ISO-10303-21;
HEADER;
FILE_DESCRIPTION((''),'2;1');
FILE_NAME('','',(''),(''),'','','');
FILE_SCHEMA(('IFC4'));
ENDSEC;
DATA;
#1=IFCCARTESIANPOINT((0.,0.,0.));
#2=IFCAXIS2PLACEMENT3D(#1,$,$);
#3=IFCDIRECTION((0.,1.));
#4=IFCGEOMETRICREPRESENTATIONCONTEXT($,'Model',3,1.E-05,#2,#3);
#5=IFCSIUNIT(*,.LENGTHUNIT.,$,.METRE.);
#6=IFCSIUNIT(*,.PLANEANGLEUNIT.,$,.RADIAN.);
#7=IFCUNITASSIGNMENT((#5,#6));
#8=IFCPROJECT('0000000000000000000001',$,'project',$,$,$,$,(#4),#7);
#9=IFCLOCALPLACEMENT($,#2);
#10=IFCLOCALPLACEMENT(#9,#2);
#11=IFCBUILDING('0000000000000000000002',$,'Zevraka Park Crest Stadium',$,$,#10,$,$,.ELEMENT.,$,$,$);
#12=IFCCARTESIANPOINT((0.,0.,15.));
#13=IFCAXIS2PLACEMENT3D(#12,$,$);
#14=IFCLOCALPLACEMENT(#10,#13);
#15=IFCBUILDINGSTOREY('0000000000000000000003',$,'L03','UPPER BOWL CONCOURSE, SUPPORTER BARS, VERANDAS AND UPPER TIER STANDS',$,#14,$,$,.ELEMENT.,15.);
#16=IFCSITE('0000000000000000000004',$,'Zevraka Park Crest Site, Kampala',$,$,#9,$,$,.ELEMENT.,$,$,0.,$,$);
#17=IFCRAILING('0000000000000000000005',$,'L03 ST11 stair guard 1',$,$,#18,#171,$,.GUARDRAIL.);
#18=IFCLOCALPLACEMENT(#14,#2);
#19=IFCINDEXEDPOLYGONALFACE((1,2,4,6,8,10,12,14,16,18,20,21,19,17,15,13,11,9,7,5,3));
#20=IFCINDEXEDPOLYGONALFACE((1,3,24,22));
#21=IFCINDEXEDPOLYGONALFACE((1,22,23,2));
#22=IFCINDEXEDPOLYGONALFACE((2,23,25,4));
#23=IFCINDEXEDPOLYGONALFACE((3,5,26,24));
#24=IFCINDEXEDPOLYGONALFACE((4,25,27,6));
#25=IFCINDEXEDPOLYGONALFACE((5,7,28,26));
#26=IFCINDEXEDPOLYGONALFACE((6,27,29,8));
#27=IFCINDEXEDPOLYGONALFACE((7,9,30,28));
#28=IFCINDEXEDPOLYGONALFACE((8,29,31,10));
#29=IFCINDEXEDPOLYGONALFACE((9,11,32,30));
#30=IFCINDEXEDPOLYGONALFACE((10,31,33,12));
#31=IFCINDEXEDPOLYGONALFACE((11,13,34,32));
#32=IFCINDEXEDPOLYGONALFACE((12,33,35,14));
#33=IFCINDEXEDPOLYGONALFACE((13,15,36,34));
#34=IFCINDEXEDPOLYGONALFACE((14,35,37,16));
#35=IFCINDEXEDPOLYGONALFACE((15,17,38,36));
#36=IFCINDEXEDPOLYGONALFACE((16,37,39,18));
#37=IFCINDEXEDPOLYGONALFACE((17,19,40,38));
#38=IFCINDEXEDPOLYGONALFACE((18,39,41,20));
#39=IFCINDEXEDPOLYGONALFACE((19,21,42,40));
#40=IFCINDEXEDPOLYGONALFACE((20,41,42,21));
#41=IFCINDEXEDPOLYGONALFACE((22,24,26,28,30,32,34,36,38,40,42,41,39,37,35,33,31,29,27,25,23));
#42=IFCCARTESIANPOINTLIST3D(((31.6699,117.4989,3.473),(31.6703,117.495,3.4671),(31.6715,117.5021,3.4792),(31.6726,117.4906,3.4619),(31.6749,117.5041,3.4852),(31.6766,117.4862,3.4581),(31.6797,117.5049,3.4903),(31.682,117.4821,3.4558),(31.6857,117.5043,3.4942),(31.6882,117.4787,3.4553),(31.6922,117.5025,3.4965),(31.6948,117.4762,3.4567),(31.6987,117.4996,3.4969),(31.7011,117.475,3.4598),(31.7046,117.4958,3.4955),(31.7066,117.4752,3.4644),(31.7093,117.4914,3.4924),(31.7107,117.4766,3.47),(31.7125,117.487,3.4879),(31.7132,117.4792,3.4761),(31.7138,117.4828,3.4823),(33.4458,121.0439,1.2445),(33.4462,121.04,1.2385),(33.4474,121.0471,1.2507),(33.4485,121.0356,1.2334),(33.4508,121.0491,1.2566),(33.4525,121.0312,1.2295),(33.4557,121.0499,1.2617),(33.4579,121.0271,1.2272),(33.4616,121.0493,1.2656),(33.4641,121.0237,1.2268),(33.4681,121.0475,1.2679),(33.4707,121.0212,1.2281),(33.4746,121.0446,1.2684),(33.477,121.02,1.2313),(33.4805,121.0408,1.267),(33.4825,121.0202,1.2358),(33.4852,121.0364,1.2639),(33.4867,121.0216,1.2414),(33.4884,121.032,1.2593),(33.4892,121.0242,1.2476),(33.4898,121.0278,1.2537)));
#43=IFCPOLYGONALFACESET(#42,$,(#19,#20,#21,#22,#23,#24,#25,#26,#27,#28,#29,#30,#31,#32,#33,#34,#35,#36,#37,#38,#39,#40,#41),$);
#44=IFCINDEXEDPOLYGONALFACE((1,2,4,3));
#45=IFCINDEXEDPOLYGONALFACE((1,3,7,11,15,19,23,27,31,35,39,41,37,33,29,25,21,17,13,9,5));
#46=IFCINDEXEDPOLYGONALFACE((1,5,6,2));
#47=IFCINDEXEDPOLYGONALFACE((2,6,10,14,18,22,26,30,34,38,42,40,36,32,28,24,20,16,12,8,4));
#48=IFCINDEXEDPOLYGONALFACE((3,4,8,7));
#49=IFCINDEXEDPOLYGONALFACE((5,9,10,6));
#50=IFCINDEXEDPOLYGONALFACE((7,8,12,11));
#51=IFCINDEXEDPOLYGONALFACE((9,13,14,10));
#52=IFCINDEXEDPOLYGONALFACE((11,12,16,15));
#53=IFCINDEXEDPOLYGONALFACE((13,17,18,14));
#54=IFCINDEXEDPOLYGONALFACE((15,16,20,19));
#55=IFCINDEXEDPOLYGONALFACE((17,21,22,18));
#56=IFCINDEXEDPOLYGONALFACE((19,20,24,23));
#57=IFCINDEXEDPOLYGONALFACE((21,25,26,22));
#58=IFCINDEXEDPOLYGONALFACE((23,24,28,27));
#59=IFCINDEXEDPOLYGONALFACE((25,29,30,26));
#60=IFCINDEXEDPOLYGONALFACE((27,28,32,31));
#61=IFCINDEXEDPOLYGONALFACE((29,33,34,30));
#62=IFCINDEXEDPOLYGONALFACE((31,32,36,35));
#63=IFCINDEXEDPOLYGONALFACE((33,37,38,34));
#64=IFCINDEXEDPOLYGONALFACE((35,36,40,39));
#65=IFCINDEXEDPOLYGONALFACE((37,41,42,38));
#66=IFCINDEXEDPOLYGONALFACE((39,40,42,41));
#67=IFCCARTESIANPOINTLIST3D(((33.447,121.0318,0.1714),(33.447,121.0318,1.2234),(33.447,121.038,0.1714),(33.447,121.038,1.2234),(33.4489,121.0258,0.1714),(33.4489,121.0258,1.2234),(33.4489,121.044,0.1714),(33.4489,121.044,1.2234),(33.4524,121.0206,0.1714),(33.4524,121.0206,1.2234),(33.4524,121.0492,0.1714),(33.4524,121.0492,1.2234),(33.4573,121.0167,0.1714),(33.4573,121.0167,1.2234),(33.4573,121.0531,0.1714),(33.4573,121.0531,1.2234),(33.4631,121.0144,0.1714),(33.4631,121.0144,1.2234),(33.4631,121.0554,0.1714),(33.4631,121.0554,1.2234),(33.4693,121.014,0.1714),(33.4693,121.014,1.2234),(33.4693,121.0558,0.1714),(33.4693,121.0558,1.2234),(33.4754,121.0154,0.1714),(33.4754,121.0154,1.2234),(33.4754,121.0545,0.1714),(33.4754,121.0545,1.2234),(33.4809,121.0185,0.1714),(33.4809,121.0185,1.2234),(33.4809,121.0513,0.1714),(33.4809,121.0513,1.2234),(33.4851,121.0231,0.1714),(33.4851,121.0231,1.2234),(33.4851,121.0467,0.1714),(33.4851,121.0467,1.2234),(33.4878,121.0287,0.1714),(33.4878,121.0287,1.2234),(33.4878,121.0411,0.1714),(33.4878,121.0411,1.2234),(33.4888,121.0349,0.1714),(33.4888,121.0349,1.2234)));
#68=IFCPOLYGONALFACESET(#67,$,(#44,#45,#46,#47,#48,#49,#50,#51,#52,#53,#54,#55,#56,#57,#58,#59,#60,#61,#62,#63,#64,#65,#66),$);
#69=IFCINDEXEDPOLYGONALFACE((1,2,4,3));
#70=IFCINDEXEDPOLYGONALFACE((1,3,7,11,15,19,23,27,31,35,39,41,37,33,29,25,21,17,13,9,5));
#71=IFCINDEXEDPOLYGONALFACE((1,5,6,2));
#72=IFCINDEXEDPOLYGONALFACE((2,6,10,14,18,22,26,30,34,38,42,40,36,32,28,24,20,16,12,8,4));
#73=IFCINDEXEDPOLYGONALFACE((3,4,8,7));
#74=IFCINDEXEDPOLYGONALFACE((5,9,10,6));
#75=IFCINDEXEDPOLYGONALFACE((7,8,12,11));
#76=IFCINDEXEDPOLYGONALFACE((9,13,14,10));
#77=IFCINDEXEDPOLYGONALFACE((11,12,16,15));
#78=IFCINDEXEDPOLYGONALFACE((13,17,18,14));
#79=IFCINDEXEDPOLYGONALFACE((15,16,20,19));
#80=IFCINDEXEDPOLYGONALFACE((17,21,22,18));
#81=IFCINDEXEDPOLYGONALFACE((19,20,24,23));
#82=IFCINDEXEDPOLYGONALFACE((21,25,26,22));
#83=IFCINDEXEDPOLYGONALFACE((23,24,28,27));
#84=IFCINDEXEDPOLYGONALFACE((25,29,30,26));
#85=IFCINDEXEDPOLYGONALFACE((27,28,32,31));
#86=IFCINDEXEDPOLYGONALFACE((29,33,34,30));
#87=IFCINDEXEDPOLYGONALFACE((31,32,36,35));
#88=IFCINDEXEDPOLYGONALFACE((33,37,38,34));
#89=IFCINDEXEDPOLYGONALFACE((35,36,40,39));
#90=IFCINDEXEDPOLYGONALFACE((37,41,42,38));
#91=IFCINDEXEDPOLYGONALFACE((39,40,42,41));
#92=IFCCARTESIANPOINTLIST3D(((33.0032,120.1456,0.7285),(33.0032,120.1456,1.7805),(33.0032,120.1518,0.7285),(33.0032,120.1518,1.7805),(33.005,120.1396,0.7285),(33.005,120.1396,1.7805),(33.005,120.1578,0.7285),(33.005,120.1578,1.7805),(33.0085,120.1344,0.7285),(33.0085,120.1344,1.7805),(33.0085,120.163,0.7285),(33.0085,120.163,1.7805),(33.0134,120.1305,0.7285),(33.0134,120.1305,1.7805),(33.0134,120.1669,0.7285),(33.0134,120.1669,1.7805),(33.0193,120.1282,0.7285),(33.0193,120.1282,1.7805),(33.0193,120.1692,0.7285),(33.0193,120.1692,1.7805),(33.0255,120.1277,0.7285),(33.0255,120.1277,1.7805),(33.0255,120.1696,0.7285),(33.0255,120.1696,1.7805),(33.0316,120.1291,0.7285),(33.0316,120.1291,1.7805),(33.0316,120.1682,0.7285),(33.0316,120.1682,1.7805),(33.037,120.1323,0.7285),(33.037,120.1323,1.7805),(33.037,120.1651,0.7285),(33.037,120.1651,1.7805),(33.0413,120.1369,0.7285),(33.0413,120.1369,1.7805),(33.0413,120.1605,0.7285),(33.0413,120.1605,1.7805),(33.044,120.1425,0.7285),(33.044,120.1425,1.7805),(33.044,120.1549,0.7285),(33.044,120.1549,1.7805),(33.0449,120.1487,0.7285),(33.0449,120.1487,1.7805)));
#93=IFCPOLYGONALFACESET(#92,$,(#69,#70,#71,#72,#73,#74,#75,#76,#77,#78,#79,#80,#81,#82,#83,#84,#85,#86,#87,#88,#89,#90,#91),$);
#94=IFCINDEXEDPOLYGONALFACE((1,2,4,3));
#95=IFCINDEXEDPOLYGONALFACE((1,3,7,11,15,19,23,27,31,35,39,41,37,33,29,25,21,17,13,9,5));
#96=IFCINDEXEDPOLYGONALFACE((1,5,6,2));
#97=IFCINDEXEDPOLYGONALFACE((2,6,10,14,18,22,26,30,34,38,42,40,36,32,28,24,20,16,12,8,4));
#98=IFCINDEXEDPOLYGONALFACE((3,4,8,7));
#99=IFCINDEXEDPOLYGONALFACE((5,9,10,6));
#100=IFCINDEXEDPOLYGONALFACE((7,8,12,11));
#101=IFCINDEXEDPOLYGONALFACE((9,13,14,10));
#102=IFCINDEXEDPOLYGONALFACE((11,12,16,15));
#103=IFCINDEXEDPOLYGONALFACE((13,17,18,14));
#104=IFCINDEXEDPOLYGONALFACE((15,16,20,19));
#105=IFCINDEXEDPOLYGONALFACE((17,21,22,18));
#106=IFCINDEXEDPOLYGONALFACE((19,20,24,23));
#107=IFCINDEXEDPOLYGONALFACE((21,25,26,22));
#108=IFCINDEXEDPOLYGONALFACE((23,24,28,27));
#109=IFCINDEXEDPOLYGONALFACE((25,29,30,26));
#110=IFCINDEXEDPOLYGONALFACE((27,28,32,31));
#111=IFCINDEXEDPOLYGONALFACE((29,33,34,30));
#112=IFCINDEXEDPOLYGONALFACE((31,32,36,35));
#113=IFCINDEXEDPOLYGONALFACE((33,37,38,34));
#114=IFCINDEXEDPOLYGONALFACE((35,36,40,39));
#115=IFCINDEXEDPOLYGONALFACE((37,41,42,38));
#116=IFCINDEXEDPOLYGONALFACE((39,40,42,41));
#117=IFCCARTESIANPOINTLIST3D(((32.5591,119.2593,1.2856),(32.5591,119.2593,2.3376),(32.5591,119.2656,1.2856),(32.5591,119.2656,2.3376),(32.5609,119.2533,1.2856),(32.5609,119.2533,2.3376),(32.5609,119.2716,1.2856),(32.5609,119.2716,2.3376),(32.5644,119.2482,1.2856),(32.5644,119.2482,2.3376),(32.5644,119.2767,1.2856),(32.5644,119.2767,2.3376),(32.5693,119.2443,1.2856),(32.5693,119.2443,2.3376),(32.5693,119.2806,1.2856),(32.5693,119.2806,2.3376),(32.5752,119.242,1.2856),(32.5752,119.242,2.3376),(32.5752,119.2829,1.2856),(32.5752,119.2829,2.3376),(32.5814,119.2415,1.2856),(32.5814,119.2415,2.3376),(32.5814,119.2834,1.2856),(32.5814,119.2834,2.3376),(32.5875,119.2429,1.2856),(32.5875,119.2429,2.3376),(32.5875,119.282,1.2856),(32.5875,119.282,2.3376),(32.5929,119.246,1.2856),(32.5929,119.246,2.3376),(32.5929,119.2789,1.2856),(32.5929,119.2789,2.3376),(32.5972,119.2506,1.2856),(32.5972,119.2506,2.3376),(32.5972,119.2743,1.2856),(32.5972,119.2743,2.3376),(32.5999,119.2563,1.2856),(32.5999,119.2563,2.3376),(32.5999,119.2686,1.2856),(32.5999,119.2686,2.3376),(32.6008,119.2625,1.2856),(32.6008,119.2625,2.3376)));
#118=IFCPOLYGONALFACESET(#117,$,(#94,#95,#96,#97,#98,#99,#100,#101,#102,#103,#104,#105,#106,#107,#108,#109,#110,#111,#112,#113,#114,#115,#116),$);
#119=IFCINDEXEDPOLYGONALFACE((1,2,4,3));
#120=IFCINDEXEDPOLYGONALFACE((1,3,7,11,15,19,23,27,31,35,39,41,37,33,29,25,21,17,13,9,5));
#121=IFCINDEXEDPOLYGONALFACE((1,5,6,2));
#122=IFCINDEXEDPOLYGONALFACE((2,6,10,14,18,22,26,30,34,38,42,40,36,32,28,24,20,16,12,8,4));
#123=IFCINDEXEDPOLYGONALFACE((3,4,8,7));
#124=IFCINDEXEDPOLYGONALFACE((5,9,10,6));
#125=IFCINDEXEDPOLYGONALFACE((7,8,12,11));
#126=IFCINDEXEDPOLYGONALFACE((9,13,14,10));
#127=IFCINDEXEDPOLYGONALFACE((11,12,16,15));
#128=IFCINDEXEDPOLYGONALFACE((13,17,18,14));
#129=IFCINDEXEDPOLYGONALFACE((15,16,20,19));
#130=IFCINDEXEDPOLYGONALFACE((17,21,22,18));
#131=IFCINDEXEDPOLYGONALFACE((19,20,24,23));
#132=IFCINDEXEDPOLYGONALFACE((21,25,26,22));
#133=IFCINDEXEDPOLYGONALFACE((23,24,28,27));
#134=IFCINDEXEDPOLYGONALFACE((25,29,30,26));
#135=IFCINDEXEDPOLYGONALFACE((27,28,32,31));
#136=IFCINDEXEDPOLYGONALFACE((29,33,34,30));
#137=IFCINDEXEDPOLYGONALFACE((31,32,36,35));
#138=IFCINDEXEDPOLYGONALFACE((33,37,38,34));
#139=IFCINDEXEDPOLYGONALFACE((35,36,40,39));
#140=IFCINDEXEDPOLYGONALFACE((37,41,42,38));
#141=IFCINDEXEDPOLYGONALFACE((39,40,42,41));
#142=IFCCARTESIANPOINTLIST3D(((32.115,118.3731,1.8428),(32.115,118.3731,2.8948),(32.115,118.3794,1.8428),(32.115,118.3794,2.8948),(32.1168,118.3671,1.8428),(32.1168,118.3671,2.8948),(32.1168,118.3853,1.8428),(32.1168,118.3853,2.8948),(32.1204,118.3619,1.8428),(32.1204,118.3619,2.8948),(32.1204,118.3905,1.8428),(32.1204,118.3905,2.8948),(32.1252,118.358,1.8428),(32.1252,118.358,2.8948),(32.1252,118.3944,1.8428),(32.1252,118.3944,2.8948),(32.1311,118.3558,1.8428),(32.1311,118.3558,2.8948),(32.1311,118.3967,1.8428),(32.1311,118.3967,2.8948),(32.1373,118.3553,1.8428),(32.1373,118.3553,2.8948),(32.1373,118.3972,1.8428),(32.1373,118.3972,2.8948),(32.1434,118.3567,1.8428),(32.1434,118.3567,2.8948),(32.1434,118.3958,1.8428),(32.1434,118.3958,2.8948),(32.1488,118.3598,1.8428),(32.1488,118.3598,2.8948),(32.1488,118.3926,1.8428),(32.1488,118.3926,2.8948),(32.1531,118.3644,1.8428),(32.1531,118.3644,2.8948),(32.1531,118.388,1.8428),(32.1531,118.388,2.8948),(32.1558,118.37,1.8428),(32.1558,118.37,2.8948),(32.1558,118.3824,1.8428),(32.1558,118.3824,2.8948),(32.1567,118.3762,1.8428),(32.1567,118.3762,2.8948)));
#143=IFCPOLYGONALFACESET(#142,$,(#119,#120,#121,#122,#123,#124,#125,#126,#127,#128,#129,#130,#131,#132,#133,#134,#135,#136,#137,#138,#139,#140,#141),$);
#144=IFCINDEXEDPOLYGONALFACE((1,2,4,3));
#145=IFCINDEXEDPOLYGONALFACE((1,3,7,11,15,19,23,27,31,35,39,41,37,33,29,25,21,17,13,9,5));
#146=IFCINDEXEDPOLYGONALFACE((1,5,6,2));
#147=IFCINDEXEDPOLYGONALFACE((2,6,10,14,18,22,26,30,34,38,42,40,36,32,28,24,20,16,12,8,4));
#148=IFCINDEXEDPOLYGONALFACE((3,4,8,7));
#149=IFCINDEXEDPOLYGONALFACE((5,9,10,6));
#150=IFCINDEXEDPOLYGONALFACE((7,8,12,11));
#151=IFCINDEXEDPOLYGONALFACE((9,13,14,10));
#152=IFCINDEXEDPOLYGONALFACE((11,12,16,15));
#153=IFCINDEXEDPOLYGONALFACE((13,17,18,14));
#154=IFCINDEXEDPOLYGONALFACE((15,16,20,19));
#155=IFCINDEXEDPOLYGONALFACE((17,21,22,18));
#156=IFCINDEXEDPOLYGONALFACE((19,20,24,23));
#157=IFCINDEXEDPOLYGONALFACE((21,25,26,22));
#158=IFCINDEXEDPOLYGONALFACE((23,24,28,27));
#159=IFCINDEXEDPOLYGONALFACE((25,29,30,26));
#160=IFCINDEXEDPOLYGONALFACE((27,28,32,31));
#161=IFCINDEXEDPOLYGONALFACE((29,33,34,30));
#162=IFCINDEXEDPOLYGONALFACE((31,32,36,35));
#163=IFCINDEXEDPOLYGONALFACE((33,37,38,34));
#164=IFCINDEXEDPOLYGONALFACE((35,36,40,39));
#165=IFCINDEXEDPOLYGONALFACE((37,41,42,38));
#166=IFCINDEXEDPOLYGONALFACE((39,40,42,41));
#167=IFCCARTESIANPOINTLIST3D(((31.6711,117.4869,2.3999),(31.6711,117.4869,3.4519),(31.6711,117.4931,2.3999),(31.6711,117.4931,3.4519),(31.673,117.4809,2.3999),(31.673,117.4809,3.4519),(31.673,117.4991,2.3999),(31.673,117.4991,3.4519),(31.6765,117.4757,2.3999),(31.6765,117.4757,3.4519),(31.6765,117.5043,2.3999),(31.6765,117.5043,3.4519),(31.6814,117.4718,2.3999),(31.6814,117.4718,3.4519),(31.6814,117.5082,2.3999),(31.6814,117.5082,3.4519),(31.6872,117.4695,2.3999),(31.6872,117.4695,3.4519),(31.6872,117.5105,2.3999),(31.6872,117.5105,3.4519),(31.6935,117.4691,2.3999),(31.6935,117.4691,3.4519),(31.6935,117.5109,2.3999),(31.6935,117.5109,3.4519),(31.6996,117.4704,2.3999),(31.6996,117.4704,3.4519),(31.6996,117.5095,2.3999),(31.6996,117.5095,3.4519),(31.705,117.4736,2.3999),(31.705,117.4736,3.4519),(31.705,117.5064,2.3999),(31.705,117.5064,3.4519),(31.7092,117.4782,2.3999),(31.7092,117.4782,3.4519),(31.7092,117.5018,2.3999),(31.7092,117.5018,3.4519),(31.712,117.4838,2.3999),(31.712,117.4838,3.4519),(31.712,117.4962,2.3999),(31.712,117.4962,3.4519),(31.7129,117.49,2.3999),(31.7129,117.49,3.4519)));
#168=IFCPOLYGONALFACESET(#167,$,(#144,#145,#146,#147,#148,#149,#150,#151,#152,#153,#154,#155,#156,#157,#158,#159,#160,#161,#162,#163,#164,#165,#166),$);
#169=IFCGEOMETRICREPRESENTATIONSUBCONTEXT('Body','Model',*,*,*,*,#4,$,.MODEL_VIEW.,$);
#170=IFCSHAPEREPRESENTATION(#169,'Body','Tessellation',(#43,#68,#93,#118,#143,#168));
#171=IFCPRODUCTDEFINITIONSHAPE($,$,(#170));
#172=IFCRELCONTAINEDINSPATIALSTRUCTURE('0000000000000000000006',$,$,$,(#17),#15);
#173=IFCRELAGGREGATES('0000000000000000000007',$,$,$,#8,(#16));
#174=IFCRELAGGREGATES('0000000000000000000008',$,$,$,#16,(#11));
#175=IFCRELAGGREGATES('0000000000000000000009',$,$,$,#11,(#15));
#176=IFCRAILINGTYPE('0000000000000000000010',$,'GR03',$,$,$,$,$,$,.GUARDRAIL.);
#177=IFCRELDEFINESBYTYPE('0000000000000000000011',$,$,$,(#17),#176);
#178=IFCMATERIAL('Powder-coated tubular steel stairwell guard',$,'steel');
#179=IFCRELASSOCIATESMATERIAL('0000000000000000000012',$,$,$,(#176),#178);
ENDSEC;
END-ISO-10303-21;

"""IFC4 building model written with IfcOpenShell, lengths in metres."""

from ifc_helpers import new_model, si_unit, direction, frame, origin, origin_2d, place, context, subcontext, project, spatial, circle, extrude, material, type_object, element, save


model = new_model("IFC4")

# Units and contexts
model_context = context("Model", 3, precision=1e-05, world=origin(), true_north=direction((0.0, 1.0)))
body_context = subcontext(model_context, "Body", "Model", "MODEL_VIEW")
ifc_project = project(units=[si_unit("LENGTHUNIT", "METRE"), si_unit("PLANEANGLEUNIT", "RADIAN")], contexts=[model_context])

# Site, building, storey
site_placement = place(None, origin())
site = spatial("IfcSite", under=ifc_project, at=site_placement, Name="Zevraka Park Crest Site, Kampala", CompositionType="ELEMENT", RefElevation=0.0)
building_placement = place(site_placement, origin())
building = spatial("IfcBuilding", under=site, at=building_placement, Name="Zevraka Park Crest Stadium", CompositionType="ELEMENT")
storey_placement = place(building_placement, frame((0.0, 0.0, 15.0)))
storey = spatial("IfcBuildingStorey", under=building, at=storey_placement, Name="L03", Description="UPPER BOWL CONCOURSE, SUPPORTER BARS, VERANDAS AND UPPER TIER STANDS", CompositionType="ELEMENT", Elevation=15.0)

# Railing
ifc_material_1 = material(Name="Powder-coated tubular steel stairwell guard", Category="steel")
railing_type_1 = type_object("IfcRailingType", Name="GR03", PredefinedType="GUARDRAIL", material=ifc_material_1)
railing_1_placement = place(storey_placement, frame((33.4678, 121.0349, 0.1714)))
element("IfcRailing", 1, at=railing_1_placement, inside=storey, type_object=railing_type_1, Name="L03 ST11 stair guard 1", PredefinedType="GUARDRAIL", context=body_context, shape_type="SweptSolid", body=[
    extrude(circle(Radius=0.0239, at=origin_2d()), frame((0.0, 0.0, 1.0762), z_axis=(-0.390454, -0.779405, 0.489973), x_axis=(0.894082, -0.447903, 0.0)), (0.0, 0.0, 1.0), 4.5483),
    extrude(circle(Radius=0.021, at=origin_2d()), origin(), (0.0, 0.0, 1.0), 1.052),
    extrude(circle(Radius=0.021, at=origin_2d()), frame((-0.4438, -0.8862, 0.5571)), (0.0, 0.0, 1.0), 1.052),
    extrude(circle(Radius=0.021, at=origin_2d()), frame((-0.8879, -1.7725, 1.1143)), (0.0, 0.0, 1.0), 1.052),
    extrude(circle(Radius=0.021, at=origin_2d()), frame((-1.332, -2.6587, 1.6714)), (0.0, 0.0, 1.0), 1.052),
    extrude(circle(Radius=0.021, at=origin_2d()), frame((-1.7759, -3.5449, 2.2285)), (0.0, 0.0, 1.0), 1.052),
])

save(model, "model.ifc")
